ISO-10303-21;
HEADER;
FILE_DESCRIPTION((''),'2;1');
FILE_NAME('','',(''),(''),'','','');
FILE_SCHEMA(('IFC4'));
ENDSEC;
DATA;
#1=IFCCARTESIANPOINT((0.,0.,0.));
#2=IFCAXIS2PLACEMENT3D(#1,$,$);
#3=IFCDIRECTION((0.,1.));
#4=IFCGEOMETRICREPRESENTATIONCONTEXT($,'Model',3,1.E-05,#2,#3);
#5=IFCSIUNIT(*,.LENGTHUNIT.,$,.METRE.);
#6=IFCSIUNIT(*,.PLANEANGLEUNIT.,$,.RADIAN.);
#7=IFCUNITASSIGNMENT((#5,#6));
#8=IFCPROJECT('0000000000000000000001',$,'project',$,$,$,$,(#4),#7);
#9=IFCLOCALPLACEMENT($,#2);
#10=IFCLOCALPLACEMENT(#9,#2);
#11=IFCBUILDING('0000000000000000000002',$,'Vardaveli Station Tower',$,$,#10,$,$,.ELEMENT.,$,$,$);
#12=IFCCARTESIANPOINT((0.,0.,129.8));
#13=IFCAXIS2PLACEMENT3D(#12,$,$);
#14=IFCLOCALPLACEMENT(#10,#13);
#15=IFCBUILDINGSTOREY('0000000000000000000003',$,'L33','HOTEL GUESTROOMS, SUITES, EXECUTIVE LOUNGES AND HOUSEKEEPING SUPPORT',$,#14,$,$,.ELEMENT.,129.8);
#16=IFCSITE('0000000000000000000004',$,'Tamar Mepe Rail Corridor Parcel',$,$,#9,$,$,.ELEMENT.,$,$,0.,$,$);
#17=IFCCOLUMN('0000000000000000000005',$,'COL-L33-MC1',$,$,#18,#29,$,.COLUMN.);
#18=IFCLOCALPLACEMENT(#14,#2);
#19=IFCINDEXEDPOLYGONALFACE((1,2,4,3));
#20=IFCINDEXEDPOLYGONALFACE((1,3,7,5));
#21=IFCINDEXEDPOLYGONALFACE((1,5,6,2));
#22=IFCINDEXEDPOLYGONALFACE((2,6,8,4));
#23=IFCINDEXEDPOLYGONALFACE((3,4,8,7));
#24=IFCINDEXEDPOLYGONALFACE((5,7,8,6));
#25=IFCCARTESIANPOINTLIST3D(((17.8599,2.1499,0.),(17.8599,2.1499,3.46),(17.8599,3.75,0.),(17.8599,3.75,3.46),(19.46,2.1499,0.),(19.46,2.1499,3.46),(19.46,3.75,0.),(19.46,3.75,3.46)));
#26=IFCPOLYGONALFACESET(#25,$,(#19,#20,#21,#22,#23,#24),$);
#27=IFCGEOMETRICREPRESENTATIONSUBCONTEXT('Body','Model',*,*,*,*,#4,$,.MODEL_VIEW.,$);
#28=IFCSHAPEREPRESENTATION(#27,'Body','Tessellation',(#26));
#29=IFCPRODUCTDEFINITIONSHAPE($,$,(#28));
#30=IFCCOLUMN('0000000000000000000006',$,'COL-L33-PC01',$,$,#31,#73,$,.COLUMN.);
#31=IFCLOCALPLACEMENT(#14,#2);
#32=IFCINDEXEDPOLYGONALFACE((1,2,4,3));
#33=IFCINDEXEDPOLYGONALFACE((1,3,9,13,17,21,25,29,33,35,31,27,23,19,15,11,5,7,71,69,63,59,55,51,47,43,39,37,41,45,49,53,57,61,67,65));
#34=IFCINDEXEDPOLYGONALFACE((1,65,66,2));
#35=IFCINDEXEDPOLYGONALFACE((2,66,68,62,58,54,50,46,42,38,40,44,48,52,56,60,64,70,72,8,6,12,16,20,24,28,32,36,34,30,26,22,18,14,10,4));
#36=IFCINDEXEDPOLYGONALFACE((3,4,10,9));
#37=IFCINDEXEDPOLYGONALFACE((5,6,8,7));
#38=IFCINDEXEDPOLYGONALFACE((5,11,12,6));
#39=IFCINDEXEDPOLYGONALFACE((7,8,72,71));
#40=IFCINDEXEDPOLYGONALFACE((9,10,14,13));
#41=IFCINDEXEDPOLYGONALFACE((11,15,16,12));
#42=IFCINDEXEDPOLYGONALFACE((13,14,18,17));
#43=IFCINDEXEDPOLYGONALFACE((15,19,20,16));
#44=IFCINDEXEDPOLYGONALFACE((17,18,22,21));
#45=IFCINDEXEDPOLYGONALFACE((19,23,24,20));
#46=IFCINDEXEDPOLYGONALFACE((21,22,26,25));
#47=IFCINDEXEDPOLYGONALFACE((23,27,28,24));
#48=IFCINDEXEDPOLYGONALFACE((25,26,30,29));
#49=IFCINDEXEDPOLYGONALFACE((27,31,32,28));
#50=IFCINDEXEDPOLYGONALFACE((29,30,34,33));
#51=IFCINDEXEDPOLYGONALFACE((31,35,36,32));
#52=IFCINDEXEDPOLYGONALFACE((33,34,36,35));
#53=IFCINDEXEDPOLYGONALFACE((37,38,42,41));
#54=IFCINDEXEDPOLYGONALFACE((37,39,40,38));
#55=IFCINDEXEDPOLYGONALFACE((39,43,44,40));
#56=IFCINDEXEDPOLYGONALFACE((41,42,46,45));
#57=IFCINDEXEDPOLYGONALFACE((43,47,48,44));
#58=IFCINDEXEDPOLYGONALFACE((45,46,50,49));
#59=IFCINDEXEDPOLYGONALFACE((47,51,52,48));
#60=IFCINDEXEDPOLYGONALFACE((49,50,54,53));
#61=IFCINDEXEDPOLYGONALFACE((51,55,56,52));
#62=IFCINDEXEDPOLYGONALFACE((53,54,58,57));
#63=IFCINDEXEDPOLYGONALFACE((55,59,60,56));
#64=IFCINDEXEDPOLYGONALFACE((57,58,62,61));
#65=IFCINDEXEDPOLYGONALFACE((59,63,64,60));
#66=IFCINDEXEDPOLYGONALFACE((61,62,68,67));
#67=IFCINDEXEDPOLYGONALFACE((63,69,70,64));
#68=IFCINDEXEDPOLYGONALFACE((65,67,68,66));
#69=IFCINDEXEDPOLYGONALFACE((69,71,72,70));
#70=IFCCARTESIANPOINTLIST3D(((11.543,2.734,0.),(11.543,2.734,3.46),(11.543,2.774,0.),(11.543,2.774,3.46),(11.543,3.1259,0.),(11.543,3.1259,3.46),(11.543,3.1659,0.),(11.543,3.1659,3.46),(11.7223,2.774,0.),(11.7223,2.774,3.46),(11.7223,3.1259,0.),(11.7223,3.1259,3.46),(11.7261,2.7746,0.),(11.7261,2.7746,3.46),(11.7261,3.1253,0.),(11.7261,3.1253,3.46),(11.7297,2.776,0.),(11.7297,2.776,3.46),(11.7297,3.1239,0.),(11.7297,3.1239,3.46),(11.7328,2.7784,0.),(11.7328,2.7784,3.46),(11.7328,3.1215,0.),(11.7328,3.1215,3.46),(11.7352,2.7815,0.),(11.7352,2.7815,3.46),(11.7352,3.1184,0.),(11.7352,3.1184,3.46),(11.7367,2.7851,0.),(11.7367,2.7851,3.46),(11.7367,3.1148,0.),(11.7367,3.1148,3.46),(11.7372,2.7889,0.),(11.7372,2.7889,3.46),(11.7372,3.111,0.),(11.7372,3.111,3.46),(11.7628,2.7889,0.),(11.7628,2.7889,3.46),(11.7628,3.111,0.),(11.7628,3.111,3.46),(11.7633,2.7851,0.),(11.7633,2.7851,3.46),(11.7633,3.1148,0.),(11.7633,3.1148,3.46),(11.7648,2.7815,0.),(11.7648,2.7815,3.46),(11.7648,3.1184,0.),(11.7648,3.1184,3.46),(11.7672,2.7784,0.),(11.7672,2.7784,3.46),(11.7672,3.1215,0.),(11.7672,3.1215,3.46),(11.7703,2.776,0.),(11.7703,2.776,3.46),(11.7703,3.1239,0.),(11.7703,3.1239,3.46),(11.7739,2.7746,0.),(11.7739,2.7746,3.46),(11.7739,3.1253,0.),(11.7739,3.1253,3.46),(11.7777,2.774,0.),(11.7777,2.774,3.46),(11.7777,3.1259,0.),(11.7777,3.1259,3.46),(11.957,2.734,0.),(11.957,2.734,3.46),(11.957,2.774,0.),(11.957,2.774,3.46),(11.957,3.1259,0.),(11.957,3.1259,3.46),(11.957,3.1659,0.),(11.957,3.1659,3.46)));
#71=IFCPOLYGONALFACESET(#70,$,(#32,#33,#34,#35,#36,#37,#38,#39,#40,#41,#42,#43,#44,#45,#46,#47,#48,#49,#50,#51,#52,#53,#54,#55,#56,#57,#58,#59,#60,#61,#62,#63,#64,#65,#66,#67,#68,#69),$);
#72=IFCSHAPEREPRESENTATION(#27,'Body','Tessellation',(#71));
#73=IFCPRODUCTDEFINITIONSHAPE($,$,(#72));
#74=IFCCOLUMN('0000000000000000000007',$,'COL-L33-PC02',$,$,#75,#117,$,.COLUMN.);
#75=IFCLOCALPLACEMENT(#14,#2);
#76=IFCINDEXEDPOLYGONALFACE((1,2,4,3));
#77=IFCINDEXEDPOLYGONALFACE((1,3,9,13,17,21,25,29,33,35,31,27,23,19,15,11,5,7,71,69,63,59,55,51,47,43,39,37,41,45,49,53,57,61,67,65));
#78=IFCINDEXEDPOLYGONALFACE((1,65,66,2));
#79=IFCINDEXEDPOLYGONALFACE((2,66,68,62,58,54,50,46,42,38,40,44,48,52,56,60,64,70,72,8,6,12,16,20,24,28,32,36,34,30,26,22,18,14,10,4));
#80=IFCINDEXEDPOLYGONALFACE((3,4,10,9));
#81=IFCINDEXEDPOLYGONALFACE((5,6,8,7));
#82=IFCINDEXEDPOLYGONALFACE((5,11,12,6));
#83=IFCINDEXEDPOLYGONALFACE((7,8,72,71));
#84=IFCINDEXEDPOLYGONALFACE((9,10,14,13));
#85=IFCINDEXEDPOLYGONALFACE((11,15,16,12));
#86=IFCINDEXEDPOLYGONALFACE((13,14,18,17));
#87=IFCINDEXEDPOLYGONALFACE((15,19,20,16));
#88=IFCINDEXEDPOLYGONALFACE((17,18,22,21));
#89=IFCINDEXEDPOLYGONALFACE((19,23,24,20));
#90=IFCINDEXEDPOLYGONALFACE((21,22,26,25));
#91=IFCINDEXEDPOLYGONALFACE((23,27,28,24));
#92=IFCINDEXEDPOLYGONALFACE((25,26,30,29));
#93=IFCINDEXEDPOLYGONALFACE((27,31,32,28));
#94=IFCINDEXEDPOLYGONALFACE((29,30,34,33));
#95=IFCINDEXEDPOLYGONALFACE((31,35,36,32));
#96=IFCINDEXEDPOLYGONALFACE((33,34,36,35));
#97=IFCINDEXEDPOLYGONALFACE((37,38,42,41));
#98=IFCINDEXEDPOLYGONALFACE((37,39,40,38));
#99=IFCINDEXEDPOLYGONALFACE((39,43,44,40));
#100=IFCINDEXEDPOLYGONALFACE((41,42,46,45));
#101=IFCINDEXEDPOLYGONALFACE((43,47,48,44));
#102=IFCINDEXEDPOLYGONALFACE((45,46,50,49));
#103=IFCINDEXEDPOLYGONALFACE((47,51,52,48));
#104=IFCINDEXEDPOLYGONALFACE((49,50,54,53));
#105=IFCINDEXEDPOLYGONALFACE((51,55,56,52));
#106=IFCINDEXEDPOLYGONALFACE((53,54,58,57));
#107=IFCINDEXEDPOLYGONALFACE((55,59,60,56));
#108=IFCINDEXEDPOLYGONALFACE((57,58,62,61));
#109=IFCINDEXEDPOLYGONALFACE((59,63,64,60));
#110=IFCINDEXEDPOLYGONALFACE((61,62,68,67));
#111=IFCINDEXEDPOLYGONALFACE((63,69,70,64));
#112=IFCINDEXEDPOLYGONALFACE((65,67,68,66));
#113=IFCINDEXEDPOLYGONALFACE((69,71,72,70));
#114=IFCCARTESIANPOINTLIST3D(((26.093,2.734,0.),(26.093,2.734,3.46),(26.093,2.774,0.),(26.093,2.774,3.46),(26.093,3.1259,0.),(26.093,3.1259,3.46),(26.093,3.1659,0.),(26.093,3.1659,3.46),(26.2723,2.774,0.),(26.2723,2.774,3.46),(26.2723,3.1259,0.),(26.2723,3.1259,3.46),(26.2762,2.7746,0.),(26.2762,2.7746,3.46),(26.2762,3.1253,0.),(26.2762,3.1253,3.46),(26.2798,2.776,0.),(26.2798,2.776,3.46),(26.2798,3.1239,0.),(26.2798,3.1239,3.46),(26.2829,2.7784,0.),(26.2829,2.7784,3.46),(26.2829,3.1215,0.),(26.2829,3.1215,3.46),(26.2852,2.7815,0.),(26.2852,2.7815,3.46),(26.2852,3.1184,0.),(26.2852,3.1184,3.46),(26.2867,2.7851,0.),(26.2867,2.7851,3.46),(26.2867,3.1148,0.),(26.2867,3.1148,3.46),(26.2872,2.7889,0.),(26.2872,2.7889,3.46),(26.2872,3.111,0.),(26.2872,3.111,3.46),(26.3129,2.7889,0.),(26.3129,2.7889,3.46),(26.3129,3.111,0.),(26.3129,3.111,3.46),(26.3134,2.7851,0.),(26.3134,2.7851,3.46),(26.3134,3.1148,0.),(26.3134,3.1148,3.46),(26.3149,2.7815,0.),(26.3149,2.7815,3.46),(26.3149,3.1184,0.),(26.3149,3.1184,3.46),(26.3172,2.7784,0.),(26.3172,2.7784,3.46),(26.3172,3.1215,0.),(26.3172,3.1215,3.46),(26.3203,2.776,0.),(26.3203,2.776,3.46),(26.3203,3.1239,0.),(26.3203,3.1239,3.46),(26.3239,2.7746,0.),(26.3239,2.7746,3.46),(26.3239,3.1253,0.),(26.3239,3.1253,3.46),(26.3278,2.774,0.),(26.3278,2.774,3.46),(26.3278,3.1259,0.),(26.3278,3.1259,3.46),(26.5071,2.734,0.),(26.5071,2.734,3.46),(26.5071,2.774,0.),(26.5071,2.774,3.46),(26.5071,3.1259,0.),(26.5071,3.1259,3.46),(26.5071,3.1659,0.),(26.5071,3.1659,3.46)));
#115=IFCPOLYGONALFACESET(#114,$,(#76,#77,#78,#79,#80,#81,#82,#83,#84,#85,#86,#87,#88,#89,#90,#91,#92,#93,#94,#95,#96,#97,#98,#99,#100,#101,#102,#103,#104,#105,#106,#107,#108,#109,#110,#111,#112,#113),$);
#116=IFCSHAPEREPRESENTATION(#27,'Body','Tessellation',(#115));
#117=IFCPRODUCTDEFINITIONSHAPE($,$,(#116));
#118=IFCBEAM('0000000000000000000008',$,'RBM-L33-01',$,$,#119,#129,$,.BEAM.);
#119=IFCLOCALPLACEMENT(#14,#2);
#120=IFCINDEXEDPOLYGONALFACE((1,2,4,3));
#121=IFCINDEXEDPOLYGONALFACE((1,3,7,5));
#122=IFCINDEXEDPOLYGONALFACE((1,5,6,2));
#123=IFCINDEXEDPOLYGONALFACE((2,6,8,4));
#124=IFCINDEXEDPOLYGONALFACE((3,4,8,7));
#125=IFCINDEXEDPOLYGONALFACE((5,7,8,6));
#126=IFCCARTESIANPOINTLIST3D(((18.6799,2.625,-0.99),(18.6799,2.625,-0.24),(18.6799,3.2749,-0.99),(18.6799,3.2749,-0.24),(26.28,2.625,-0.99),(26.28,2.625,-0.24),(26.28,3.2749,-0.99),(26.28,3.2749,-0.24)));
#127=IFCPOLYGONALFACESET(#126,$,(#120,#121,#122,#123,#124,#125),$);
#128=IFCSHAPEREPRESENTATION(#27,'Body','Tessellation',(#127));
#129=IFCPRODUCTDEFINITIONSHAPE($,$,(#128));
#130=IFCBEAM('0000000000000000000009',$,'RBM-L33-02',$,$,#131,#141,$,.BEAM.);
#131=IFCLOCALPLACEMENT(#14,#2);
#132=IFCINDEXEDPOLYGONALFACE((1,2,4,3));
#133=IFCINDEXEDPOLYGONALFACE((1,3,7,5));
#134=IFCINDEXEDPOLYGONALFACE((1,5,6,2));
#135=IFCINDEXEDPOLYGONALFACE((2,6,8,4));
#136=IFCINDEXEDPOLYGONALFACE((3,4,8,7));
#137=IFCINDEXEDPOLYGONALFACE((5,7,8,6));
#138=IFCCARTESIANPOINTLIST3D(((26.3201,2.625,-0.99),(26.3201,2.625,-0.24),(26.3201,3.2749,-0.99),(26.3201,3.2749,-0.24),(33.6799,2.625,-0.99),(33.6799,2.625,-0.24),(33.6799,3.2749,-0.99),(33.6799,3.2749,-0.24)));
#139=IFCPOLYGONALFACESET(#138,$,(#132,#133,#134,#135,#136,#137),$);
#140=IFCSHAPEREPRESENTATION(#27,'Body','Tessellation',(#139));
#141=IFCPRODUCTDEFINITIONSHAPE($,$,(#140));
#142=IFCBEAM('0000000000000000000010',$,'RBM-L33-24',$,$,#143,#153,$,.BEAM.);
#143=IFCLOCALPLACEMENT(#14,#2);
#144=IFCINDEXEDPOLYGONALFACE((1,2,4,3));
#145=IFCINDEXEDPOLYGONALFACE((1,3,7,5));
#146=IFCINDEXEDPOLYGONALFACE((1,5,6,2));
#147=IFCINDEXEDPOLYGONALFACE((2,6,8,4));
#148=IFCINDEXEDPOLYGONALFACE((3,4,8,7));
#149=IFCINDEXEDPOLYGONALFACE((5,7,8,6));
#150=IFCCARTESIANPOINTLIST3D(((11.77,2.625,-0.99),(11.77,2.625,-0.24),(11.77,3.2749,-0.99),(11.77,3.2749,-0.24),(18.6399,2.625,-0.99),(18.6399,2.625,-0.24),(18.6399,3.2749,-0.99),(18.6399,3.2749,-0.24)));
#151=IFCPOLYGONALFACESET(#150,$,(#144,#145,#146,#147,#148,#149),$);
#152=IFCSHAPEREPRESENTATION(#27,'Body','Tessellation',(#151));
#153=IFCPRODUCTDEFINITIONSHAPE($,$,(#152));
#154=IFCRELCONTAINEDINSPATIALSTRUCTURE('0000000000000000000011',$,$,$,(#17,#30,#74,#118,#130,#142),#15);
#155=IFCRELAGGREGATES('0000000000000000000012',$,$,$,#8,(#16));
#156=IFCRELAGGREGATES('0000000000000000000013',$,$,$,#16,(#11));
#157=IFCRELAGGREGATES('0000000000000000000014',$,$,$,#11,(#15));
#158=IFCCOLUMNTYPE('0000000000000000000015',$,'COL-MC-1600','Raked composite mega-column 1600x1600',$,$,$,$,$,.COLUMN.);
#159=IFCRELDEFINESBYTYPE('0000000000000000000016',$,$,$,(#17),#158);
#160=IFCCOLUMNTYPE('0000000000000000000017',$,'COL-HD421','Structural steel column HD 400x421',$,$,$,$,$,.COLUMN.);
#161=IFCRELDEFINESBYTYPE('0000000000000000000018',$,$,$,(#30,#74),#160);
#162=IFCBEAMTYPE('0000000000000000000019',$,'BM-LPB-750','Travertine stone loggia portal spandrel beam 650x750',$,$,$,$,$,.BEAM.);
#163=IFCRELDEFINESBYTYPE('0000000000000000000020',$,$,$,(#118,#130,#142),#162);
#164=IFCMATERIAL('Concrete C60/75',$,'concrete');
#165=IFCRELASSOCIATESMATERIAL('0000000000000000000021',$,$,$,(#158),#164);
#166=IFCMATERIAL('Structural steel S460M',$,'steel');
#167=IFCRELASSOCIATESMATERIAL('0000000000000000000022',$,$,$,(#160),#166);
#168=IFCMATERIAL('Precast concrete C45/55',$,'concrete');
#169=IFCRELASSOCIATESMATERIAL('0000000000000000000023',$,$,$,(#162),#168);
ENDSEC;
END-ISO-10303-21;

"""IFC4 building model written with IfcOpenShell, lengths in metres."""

from ifc_helpers import new_model, si_unit, direction, frame, origin, origin_2d, place, context, subcontext, project, spatial, rectangle, i_section, extrude, source, transform, mapped, material, material_profile, profile_set, type_object, element, save


model = new_model("IFC4")

# Units and contexts
model_context = context("Model", 3, precision=1e-05, world=origin(), true_north=direction((0.0, 1.0)))
body_context = subcontext(model_context, "Body", "Model", "MODEL_VIEW")
ifc_project = project(units=[si_unit("LENGTHUNIT", "METRE"), si_unit("PLANEANGLEUNIT", "RADIAN")], contexts=[model_context])

# Site, building, storey
site_placement = place(None, origin())
site = spatial("IfcSite", under=ifc_project, at=site_placement, Name="Tamar Mepe Rail Corridor Parcel", CompositionType="ELEMENT", RefElevation=0.0)
building_placement = place(site_placement, origin())
building = spatial("IfcBuilding", under=site, at=building_placement, Name="Vardaveli Station Tower", CompositionType="ELEMENT")
storey_placement = place(building_placement, frame((0.0, 0.0, 129.8)))
storey = spatial("IfcBuildingStorey", under=building, at=storey_placement, Name="L33", Description="HOTEL GUESTROOMS, SUITES, EXECUTIVE LOUNGES AND HOUSEKEEPING SUPPORT", CompositionType="ELEMENT", Elevation=129.8)

# Columns
ifc_material_1 = material(Name="Concrete C60/75", Category="concrete")
ifc_material_profile_1 = material_profile(ifc_material_1, rectangle(XDim=1.6001, YDim=1.6001, at=origin_2d()), Name="MC 1600x1600")
ifc_profile_set_1 = profile_set([ifc_material_profile_1], Name="Concrete C60/75")
column_type_1 = type_object("IfcColumnType", Name="COL-MC-1600", Description="Raked composite mega-column 1600x1600", PredefinedType="COLUMN", material=ifc_profile_set_1)
shared_shape_1 = source(origin(), body_context, "Body", "SweptSolid", [
    extrude(rectangle(XDim=1.6001, YDim=1.6001, at=origin_2d()), origin(), (0.0, 0.0, 1.0), 3.46),
])
column_placement = place(storey_placement, frame((18.6599, 2.95, 0.0), z_axis=(0.0, 0.0, 1.0), x_axis=(1.0, 0.0, 0.0)))
element("IfcColumn", 1, at=column_placement, inside=storey, type_object=column_type_1, Name="COL-L33-MC1", PredefinedType="COLUMN", context=body_context, shape_type="MappedRepresentation", body=[
    mapped(shared_shape_1, transform((0.0, 0.0, 0.0), scale=1.0)),
])
ifc_material_2 = material(Name="Structural steel S460M", Category="steel")
ifc_material_profile_2 = material_profile(ifc_material_2, i_section(OverallWidth=0.4141, OverallDepth=0.4319, WebThickness=0.0256, FlangeThickness=0.04, FilletRadius=0.0149, at=origin_2d()), Name="HD 400x421")
ifc_profile_set_2 = profile_set([ifc_material_profile_2], Name="Structural steel S460M")
column_type_2 = type_object("IfcColumnType", Name="COL-HD421", Description="Structural steel column HD 400x421", PredefinedType="COLUMN", material=ifc_profile_set_2)
shared_shape_2 = source(origin(), body_context, "Body", "SweptSolid", [
    extrude(i_section(OverallWidth=0.4141, OverallDepth=0.4319, WebThickness=0.0256, FlangeThickness=0.04, FilletRadius=0.0149, at=origin_2d()), origin(), (0.0, 0.0, 1.0), 3.46),
])
for number, where, z_axis, x_axis, name in (
    (2, (11.75, 2.95, 0.0), (0.0, 0.0, 1.0), (1.0, 0.0, 0.0), "COL-L33-PC01"),
    (3, (26.3, 2.95, 0.0), (0.0, 0.0, 1.0), (1.0, 0.0, 0.0), "COL-L33-PC02"),
):
    element("IfcColumn", number, at=place(storey_placement, frame(where, z_axis=z_axis, x_axis=x_axis)), inside=storey, type_object=column_type_2, Name=name, PredefinedType="COLUMN", context=body_context, shape_type="MappedRepresentation", body=[
        mapped(shared_shape_2, transform((0.0, 0.0, 0.0), scale=1.0)),
    ])

# Beams
ifc_material_3 = material(Name="Precast concrete C45/55", Category="concrete")
ifc_material_profile_3 = material_profile(ifc_material_3, rectangle(XDim=0.6499, YDim=0.75, at=origin_2d()), Name="LPB 650x750")
ifc_profile_set_3 = profile_set([ifc_material_profile_3], Name="Precast concrete C45/55")
beam_type_1 = type_object("IfcBeamType", Name="BM-LPB-750", Description="Travertine stone loggia portal spandrel beam 650x750", PredefinedType="BEAM", material=ifc_profile_set_3)
shared_shape_3 = source(origin(), body_context, "Body", "SweptSolid", [
    extrude(rectangle(XDim=0.6499, YDim=0.75, at=origin_2d()), origin(), (0.0, 0.0, 1.0), 7.6001),
])
beam_1_placement = place(storey_placement, frame((18.6799, 2.95, -0.615), z_axis=(1.0, 0.0, 0.0), x_axis=(0.0, 1.0, 0.0)))
element("IfcBeam", 4, at=beam_1_placement, inside=storey, type_object=beam_type_1, Name="RBM-L33-01", PredefinedType="BEAM", context=body_context, shape_type="MappedRepresentation", body=[
    mapped(shared_shape_3, transform((0.0, 0.0, 0.0), scale=1.0)),
])
shared_shape_4 = source(origin(), body_context, "Body", "SweptSolid", [
    extrude(rectangle(XDim=0.6499, YDim=0.75, at=origin_2d()), origin(), (0.0, 0.0, 1.0), 7.3599),
])
beam_2_placement = place(storey_placement, frame((26.3201, 2.95, -0.615), z_axis=(1.0, 0.0, 0.0), x_axis=(0.0, 1.0, 0.0)))
element("IfcBeam", 5, at=beam_2_placement, inside=storey, type_object=beam_type_1, Name="RBM-L33-02", PredefinedType="BEAM", context=body_context, shape_type="MappedRepresentation", body=[
    mapped(shared_shape_4, transform((0.0, 0.0, 0.0), scale=1.0)),
])
shared_shape_5 = source(origin(), body_context, "Body", "SweptSolid", [
    extrude(rectangle(XDim=0.6499, YDim=0.75, at=origin_2d()), origin(), (0.0, 0.0, 1.0), 6.8699),
])
beam_3_placement = place(storey_placement, frame((11.77, 2.95, -0.615), z_axis=(1.0, 0.0, 0.0), x_axis=(0.0, 1.0, 0.0)))
element("IfcBeam", 6, at=beam_3_placement, inside=storey, type_object=beam_type_1, Name="RBM-L33-24", PredefinedType="BEAM", context=body_context, shape_type="MappedRepresentation", body=[
    mapped(shared_shape_5, transform((0.0, 0.0, 0.0), scale=1.0)),
])

save(model, "model.ifc")
